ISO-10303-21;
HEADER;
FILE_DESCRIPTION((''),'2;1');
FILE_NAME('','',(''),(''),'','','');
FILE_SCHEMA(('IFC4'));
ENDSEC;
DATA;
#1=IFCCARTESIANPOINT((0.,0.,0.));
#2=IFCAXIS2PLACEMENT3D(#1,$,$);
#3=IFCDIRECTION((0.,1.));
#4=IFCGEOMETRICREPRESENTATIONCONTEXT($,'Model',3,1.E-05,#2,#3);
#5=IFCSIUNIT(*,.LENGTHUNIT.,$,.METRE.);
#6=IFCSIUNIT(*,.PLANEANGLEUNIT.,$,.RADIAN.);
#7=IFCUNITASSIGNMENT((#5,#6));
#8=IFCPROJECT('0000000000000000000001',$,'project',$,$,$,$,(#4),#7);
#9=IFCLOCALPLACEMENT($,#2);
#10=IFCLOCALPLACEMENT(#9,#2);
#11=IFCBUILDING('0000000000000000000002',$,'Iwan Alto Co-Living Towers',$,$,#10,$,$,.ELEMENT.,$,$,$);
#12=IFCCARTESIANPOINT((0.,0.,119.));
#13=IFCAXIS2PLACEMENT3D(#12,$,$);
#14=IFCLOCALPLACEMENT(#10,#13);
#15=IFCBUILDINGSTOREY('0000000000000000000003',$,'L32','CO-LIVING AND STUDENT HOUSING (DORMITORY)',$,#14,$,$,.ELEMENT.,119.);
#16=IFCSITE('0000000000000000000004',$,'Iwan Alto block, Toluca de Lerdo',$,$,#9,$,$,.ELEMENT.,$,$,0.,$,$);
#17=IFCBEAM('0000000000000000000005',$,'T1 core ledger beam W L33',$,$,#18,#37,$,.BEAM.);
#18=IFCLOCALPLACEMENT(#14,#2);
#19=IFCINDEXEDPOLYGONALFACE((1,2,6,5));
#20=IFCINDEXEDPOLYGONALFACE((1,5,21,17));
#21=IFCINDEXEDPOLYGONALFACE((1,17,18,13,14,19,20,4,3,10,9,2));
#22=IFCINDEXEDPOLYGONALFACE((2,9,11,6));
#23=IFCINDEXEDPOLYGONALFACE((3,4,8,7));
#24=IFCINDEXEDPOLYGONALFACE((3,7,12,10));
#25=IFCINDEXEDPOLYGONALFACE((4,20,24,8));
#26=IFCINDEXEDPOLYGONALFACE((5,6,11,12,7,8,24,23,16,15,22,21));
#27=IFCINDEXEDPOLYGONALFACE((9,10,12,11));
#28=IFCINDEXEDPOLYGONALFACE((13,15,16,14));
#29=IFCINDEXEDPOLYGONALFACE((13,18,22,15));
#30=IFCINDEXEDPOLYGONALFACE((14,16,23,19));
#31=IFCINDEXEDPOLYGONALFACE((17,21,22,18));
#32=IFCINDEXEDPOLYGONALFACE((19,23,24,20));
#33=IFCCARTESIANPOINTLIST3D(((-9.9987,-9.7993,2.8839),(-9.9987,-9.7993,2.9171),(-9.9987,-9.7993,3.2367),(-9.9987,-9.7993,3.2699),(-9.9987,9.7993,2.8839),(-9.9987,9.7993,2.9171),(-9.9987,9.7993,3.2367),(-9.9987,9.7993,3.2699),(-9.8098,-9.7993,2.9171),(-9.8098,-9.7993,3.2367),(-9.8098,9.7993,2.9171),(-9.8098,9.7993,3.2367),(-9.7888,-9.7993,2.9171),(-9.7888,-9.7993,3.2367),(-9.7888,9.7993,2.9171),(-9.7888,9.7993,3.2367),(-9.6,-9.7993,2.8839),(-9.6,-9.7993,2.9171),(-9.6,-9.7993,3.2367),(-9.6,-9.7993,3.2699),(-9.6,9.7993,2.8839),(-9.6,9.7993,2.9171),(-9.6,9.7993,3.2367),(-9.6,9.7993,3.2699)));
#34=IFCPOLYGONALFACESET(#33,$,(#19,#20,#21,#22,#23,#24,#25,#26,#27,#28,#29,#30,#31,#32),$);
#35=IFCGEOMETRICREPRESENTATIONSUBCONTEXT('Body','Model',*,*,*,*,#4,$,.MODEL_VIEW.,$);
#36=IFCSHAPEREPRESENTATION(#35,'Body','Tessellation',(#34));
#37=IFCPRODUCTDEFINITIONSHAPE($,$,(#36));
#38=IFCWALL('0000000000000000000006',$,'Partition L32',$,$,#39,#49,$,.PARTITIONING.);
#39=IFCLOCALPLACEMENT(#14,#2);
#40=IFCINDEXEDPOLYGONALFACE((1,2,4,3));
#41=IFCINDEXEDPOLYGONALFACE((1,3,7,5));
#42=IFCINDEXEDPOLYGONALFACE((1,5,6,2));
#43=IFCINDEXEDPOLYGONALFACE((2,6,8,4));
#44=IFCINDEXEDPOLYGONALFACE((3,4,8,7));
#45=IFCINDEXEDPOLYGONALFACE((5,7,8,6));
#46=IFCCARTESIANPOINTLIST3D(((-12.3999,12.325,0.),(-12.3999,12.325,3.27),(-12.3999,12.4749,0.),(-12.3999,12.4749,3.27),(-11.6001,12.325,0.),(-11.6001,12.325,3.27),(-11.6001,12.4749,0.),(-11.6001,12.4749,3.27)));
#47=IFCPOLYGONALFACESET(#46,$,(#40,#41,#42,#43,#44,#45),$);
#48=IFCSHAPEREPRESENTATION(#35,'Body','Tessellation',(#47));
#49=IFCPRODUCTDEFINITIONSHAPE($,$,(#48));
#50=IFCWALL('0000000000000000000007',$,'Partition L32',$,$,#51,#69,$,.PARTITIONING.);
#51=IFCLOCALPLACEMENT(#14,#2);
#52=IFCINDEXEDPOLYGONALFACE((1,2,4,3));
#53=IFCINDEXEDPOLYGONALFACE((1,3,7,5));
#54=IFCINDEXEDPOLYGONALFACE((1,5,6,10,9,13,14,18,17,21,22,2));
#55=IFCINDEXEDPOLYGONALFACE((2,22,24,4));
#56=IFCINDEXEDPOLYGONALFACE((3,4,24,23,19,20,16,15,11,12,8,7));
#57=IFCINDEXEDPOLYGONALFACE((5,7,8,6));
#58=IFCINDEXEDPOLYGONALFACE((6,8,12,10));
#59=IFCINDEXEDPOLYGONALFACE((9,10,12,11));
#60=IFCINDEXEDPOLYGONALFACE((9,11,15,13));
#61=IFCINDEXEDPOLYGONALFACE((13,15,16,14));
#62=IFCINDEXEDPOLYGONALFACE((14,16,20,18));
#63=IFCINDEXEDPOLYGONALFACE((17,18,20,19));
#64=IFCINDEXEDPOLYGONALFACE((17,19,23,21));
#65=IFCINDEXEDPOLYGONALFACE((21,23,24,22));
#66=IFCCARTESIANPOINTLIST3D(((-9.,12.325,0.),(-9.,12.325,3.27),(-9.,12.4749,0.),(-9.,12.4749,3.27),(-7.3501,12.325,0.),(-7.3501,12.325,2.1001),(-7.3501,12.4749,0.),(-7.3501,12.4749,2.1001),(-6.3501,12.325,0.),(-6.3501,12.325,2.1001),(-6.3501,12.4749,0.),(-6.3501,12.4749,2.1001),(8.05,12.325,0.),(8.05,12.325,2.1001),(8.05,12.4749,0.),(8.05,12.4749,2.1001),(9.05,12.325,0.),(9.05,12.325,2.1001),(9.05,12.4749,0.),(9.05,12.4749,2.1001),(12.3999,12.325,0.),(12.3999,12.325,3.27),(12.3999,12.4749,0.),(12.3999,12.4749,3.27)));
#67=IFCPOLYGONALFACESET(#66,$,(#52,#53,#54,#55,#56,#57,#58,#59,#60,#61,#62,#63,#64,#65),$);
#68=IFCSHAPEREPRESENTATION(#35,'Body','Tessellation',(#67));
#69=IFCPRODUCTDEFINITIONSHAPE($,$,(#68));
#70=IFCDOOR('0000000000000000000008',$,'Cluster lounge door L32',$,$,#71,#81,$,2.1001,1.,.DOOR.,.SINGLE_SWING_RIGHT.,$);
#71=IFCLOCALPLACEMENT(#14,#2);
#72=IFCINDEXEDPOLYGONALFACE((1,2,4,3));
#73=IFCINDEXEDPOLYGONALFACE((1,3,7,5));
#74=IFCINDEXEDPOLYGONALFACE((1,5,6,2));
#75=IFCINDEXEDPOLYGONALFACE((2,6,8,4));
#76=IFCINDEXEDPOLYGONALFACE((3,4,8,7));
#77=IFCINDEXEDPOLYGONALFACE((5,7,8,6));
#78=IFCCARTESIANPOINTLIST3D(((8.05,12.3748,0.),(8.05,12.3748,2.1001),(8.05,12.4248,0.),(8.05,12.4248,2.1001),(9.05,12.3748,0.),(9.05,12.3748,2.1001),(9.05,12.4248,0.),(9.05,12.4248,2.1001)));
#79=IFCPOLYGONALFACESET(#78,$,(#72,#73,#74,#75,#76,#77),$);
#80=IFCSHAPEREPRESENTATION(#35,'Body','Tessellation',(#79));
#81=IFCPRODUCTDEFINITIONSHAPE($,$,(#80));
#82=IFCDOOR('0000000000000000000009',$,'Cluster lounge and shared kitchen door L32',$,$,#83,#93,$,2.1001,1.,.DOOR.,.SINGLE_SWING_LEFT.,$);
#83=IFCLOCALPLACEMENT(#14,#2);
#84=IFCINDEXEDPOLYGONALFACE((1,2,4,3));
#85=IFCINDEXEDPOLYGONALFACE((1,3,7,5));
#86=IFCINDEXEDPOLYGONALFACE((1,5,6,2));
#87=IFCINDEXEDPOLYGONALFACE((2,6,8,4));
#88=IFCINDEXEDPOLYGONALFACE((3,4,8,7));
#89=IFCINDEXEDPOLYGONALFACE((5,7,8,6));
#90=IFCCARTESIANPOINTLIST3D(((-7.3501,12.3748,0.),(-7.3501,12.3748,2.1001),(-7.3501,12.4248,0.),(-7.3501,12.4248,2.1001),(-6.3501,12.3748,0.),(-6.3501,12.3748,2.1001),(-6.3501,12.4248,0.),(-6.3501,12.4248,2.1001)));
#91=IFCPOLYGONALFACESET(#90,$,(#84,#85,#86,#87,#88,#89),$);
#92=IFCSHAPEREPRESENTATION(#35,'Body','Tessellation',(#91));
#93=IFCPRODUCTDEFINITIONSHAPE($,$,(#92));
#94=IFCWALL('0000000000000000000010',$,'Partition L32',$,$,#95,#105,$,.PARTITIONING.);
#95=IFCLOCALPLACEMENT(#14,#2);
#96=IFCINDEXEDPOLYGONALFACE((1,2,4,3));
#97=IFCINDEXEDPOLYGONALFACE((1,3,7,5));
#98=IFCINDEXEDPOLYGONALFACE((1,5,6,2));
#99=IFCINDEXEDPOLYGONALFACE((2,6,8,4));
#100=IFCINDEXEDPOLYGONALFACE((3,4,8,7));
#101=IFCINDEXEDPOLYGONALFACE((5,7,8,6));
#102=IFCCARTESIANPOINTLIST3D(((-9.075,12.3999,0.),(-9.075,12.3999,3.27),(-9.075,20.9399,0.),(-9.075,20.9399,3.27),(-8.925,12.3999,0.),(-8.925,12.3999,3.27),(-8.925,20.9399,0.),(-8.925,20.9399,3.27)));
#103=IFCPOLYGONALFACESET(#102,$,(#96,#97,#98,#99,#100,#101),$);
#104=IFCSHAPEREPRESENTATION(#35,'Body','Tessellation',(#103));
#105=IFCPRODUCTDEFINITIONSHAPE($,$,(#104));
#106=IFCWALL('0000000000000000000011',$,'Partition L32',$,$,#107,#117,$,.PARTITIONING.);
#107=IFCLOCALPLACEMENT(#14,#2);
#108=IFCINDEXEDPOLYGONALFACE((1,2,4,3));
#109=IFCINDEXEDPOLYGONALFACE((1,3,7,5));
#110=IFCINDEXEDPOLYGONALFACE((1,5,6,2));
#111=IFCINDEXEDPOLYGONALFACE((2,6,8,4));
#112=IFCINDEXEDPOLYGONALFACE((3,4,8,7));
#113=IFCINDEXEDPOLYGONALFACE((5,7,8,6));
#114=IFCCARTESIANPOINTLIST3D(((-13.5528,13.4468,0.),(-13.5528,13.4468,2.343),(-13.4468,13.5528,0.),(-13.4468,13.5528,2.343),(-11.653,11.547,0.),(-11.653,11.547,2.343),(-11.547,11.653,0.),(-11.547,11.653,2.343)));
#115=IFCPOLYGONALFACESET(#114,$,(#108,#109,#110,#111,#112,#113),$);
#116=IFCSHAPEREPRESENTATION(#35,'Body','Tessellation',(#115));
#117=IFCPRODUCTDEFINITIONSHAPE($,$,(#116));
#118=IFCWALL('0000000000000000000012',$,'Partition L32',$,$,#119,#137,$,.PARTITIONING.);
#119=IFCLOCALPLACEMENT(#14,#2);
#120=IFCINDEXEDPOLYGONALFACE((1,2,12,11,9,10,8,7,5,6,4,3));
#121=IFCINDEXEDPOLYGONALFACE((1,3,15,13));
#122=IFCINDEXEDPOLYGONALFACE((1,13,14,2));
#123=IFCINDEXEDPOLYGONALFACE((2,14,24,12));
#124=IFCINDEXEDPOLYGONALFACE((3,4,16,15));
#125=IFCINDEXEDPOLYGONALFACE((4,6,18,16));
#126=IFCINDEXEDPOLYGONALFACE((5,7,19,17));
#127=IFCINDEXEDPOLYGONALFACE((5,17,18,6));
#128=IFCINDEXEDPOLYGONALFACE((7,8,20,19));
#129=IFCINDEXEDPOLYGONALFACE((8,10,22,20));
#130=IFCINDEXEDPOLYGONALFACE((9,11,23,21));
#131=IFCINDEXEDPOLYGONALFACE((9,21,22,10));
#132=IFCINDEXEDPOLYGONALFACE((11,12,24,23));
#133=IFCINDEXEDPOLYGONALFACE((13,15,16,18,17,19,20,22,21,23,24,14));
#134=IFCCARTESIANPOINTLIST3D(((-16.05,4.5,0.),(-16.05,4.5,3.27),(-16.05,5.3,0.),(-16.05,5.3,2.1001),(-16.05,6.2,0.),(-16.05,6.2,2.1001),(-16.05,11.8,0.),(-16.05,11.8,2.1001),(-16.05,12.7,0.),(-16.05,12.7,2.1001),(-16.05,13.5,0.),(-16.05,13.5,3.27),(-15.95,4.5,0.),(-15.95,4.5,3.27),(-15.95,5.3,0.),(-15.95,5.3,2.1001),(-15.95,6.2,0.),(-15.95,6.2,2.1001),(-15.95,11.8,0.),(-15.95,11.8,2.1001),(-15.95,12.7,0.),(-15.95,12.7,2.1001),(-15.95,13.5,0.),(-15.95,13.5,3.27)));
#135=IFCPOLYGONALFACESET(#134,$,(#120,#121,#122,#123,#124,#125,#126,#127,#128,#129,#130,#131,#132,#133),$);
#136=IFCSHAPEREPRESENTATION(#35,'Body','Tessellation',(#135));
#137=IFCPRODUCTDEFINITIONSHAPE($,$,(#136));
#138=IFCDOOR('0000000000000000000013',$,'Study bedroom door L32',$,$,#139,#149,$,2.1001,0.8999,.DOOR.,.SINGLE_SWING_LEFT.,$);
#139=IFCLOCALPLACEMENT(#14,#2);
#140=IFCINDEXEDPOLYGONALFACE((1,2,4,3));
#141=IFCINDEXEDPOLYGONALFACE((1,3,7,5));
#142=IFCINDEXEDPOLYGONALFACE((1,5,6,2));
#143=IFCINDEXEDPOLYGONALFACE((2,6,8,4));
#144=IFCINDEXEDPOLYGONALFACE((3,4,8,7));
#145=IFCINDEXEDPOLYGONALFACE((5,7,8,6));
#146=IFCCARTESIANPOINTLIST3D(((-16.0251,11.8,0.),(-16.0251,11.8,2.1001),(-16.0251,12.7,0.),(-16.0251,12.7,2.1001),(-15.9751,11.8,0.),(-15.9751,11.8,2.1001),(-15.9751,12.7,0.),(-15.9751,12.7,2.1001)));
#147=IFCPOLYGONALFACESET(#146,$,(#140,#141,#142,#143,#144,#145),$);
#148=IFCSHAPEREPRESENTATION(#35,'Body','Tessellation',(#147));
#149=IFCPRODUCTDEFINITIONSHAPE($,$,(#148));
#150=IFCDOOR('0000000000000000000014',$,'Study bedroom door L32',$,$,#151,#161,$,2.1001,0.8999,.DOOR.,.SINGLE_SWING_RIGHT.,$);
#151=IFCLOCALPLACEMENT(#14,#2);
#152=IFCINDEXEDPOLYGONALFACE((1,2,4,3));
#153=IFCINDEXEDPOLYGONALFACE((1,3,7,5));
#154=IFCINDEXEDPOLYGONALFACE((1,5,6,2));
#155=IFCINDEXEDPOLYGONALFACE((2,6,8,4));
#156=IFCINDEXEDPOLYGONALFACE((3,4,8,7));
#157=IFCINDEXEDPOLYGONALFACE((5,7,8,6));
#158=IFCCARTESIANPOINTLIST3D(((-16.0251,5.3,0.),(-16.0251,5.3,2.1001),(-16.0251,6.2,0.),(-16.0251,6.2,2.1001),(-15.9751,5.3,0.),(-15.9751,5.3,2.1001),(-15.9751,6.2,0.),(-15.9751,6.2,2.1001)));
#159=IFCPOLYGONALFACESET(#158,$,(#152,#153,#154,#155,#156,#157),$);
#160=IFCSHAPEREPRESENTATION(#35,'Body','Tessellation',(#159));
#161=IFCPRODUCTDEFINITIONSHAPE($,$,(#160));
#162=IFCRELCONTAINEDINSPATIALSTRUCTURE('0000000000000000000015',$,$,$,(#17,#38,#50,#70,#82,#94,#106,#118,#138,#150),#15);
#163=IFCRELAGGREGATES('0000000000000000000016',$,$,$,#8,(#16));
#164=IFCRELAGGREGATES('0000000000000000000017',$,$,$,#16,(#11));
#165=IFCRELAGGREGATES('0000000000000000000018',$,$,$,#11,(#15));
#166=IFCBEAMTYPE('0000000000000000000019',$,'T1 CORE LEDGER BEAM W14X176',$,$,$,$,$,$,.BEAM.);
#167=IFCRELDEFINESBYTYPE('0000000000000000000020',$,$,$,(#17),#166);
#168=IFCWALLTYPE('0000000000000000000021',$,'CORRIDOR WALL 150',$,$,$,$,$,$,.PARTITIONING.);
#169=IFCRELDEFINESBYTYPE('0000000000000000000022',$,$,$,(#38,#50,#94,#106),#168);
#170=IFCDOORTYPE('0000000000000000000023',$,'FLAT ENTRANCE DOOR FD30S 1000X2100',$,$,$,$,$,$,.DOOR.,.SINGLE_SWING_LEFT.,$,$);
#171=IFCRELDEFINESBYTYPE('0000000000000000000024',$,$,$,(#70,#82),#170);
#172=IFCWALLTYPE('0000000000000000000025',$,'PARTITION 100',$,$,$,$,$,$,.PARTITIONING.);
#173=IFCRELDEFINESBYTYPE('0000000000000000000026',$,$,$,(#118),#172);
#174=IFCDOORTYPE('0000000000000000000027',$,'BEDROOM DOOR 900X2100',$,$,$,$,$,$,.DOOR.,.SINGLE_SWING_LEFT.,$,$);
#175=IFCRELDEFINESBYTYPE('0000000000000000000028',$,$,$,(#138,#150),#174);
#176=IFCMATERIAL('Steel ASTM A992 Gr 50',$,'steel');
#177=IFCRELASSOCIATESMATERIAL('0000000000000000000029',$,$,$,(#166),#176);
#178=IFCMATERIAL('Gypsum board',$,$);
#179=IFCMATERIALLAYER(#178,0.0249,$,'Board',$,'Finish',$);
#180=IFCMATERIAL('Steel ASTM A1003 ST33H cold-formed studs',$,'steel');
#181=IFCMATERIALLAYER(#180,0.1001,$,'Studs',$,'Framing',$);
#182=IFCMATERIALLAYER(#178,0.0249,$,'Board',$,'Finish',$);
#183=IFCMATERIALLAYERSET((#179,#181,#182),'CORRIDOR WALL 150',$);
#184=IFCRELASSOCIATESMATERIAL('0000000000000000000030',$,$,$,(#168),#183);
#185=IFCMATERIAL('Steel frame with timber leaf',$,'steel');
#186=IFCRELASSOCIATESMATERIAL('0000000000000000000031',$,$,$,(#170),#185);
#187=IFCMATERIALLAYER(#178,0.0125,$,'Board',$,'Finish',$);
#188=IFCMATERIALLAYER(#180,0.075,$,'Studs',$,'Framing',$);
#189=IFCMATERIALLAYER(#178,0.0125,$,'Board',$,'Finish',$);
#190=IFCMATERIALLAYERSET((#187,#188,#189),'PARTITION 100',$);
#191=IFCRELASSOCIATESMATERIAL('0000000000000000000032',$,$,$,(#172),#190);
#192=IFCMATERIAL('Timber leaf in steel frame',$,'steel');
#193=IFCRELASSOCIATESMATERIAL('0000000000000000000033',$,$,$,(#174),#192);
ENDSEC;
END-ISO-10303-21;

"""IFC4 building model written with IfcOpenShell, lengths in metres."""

from ifc_helpers import new_model, si_unit, direction, frame, frame_2d, origin, origin_2d, place, context, subcontext, project, spatial, rectangle, i_section, extrude, material, layer, layer_set, material_profile, profile_set, type_object, element, fill, save


model = new_model("IFC4")

# Units and contexts
model_context = context("Model", 3, precision=1e-05, world=origin(), true_north=direction((0.0, 1.0)))
body_context = subcontext(model_context, "Body", "Model", "MODEL_VIEW")
ifc_project = project(units=[si_unit("LENGTHUNIT", "METRE"), si_unit("PLANEANGLEUNIT", "RADIAN")], contexts=[model_context])

# Site, building, storey
site_placement = place(None, origin())
site = spatial("IfcSite", under=ifc_project, at=site_placement, Name="Iwan Alto block, Toluca de Lerdo", CompositionType="ELEMENT", RefElevation=0.0)
building_placement = place(site_placement, origin())
building = spatial("IfcBuilding", under=site, at=building_placement, Name="Iwan Alto Co-Living Towers", CompositionType="ELEMENT")
storey_placement = place(building_placement, frame((0.0, 0.0, 119.0)))
storey = spatial("IfcBuildingStorey", under=building, at=storey_placement, Name="L32", Description="CO-LIVING AND STUDENT HOUSING (DORMITORY)", CompositionType="ELEMENT", Elevation=119.0)

# Beam
ifc_material_1 = material(Name="Steel ASTM A992 Gr 50", Category="steel")
ifc_material_profile = material_profile(ifc_material_1, i_section(OverallWidth=0.3987, OverallDepth=0.386, WebThickness=0.021, FlangeThickness=0.0332, at=origin_2d()), Name="W14X176")
ifc_profile_set = profile_set([ifc_material_profile], Name="Steel ASTM A992 Gr 50")
beam_type = type_object("IfcBeamType", Name="T1 CORE LEDGER BEAM W14X176", PredefinedType="BEAM", material=ifc_profile_set)
beam_placement = place(storey_placement, frame((-9.7993, 9.7993, 3.0769), z_axis=(0.0, -1.0, 0.0), x_axis=(1.0, 0.0, 0.0)))
element("IfcBeam", 1, at=beam_placement, inside=storey, type_object=beam_type, Name="T1 core ledger beam W L33", PredefinedType="BEAM", context=body_context, shape_type="SweptSolid", body=[
    extrude(i_section(OverallWidth=0.3987, OverallDepth=0.386, WebThickness=0.021, FlangeThickness=0.0332, at=origin_2d()), origin(), (0.0, 0.0, 1.0), 19.5986),
])

# Wall
ifc_material_2 = material(Name="Gypsum board")
ifc_layer_1 = layer(ifc_material_2, 0.0249, Name="Board", Category="Finish")
ifc_material_3 = material(Name="Steel ASTM A1003 ST33H cold-formed studs", Category="steel")
ifc_layer_2 = layer(ifc_material_3, 0.1001, Name="Studs", Category="Framing")
ifc_layer_3 = layer(ifc_material_2, 0.0249, Name="Board", Category="Finish")
ifc_layer_set_1 = layer_set([ifc_layer_1, ifc_layer_2, ifc_layer_3], Name="CORRIDOR WALL 150")
wall_type_1 = type_object("IfcWallType", Name="CORRIDOR WALL 150", PredefinedType="PARTITIONING", material=ifc_layer_set_1)
wall_1_placement = place(storey_placement, frame((-12.3999, 12.3999, 0.0), z_axis=(0.0, 0.0, 1.0), x_axis=(1.0, 0.0, 0.0)))
element("IfcWall", 2, at=wall_1_placement, inside=storey, type_object=wall_type_1, Name="Partition L32", PredefinedType="PARTITIONING", context=body_context, shape_type="SweptSolid", body=[
    extrude(rectangle(XDim=0.7998, YDim=0.1499, at=frame_2d((0.3999, 0.0))), origin(), (0.0, 0.0, 1.0), 3.27),
])

# Wall, openings, doors
wall_2_placement = place(storey_placement, frame((-9.0, 12.3999, 0.0), z_axis=(0.0, 0.0, 1.0), x_axis=(1.0, 0.0, 0.0)))
wall_2 = element("IfcWall", 3, at=wall_2_placement, inside=storey, type_object=wall_type_1, Name="Partition L32", PredefinedType="PARTITIONING", context=body_context, shape_type="SweptSolid", body=[
    extrude(rectangle(XDim=21.3999, YDim=0.1499, at=frame_2d((10.7, 0.0))), origin(), (0.0, 0.0, 1.0), 3.27),
])
opening_1_placement = place(wall_2_placement, frame((17.05, 0.0, 0.0)))
opening_1 = element("IfcOpeningElement", 4, at=opening_1_placement, cuts=wall_2, PredefinedType="OPENING", context=body_context, shape_type="SweptSolid", body=[
    extrude(rectangle(XDim=1.0, YDim=2.1001, at=frame_2d((0.5, 1.05))), frame((0.0, 0.085, 0.0), z_axis=(0.0, -1.0, 0.0), x_axis=(1.0, 0.0, 0.0)), (0.0, 0.0, 1.0), 0.1699),
])
opening_2_placement = place(wall_2_placement, frame((1.6499, 0.0, 0.0)))
opening_2 = element("IfcOpeningElement", 5, at=opening_2_placement, cuts=wall_2, PredefinedType="OPENING", context=body_context, shape_type="SweptSolid", body=[
    extrude(rectangle(XDim=1.0, YDim=2.1001, at=frame_2d((0.5, 1.05))), frame((0.0, 0.085, 0.0), z_axis=(0.0, -1.0, 0.0), x_axis=(1.0, 0.0, 0.0)), (0.0, 0.0, 1.0), 0.1699),
])
ifc_material_4 = material(Name="Steel frame with timber leaf", Category="steel")
door_type_1 = type_object("IfcDoorType", Name="FLAT ENTRANCE DOOR FD30S 1000X2100", OperationType="SINGLE_SWING_LEFT", PredefinedType="DOOR", material=ifc_material_4)
door_1_placement = place(opening_1_placement, origin())
door_1 = element("IfcDoor", 6, at=door_1_placement, inside=storey, type_object=door_type_1, Name="Cluster lounge door L32", OperationType="SINGLE_SWING_RIGHT", OverallHeight=2.1001, OverallWidth=1.0, PredefinedType="DOOR", context=body_context, shape_type="SweptSolid", body=[
    extrude(rectangle(XDim=1.0, YDim=2.1001, at=frame_2d((0.5, 1.05))), frame((0.0, 0.0249, 0.0), z_axis=(0.0, -1.0, 0.0), x_axis=(1.0, 0.0, 0.0)), (0.0, 0.0, 1.0), 0.05),
])
fill(opening_1, door_1)
door_2_placement = place(opening_2_placement, origin())
door_2 = element("IfcDoor", 7, at=door_2_placement, inside=storey, type_object=door_type_1, Name="Cluster lounge and shared kitchen door L32", OperationType="SINGLE_SWING_LEFT", OverallHeight=2.1001, OverallWidth=1.0, PredefinedType="DOOR", context=body_context, shape_type="SweptSolid", body=[
    extrude(rectangle(XDim=1.0, YDim=2.1001, at=frame_2d((0.5, 1.05))), frame((0.0, 0.0249, 0.0), z_axis=(0.0, -1.0, 0.0), x_axis=(1.0, 0.0, 0.0)), (0.0, 0.0, 1.0), 0.05),
])
fill(opening_2, door_2)

# Walls
wall_3_placement = place(storey_placement, frame((-9.0, 12.3999, 0.0), z_axis=(0.0, 0.0, 1.0), x_axis=(0.0, 1.0, 0.0)))
element("IfcWall", 8, at=wall_3_placement, inside=storey, type_object=wall_type_1, Name="Partition L32", PredefinedType="PARTITIONING", context=body_context, shape_type="SweptSolid", body=[
    extrude(rectangle(XDim=8.54, YDim=0.1499, at=frame_2d((4.27, 0.0))), origin(), (0.0, 0.0, 1.0), 3.27),
])
wall_4_placement = place(storey_placement, frame((-11.6001, 11.6001, 0.0), z_axis=(0.0, 0.0, 1.0), x_axis=(-0.707107, 0.707107, 0.0)))
element("IfcWall", 9, at=wall_4_placement, inside=storey, type_object=wall_type_1, Name="Partition L32", PredefinedType="PARTITIONING", context=body_context, shape_type="SweptSolid", body=[
    extrude(rectangle(XDim=2.6868, YDim=0.1499, at=frame_2d((1.3433, 0.0))), origin(), (0.0, 0.0, 1.0), 2.343),
])

# Wall, openings, doors
ifc_layer_4 = layer(ifc_material_2, 0.0125, Name="Board", Category="Finish")
ifc_layer_5 = layer(ifc_material_3, 0.075, Name="Studs", Category="Framing")
ifc_layer_6 = layer(ifc_material_2, 0.0125, Name="Board", Category="Finish")
ifc_layer_set_2 = layer_set([ifc_layer_4, ifc_layer_5, ifc_layer_6], Name="PARTITION 100")
wall_type_2 = type_object("IfcWallType", Name="PARTITION 100", PredefinedType="PARTITIONING", material=ifc_layer_set_2)
wall_5_placement = place(storey_placement, frame((-16.0, 4.5, 0.0), z_axis=(0.0, 0.0, 1.0), x_axis=(0.0, 1.0, 0.0)))
wall_5 = element("IfcWall", 10, at=wall_5_placement, inside=storey, type_object=wall_type_2, Name="Partition L32", PredefinedType="PARTITIONING", context=body_context, shape_type="SweptSolid", body=[
    extrude(rectangle(XDim=9.0, YDim=0.1001, at=frame_2d((4.5, 0.0))), origin(), (0.0, 0.0, 1.0), 3.27),
])
opening_3_placement = place(wall_5_placement, frame((7.3, 0.0, 0.0)))
opening_3 = element("IfcOpeningElement", 11, at=opening_3_placement, cuts=wall_5, PredefinedType="OPENING", context=body_context, shape_type="SweptSolid", body=[
    extrude(rectangle(XDim=0.8999, YDim=2.1001, at=frame_2d((0.45, 1.05))), frame((0.0, 0.0601, 0.0), z_axis=(0.0, -1.0, 0.0), x_axis=(1.0, 0.0, 0.0)), (0.0, 0.0, 1.0), 0.1201),
])
opening_4_placement = place(wall_5_placement, frame((0.8, 0.0, 0.0)))
opening_4 = element("IfcOpeningElement", 12, at=opening_4_placement, cuts=wall_5, PredefinedType="OPENING", context=body_context, shape_type="SweptSolid", body=[
    extrude(rectangle(XDim=0.8999, YDim=2.1001, at=frame_2d((0.45, 1.05))), frame((0.0, 0.0601, 0.0), z_axis=(0.0, -1.0, 0.0), x_axis=(1.0, 0.0, 0.0)), (0.0, 0.0, 1.0), 0.1201),
])
ifc_material_5 = material(Name="Timber leaf in steel frame", Category="steel")
door_type_2 = type_object("IfcDoorType", Name="BEDROOM DOOR 900X2100", OperationType="SINGLE_SWING_LEFT", PredefinedType="DOOR", material=ifc_material_5)
door_3_placement = place(opening_3_placement, frame((0.8999, 0.0, 0.0), z_axis=(0.0, 0.0, 1.0), x_axis=(-1.0, 0.0, 0.0)))
door_3 = element("IfcDoor", 13, at=door_3_placement, inside=storey, type_object=door_type_2, Name="Study bedroom door L32", OperationType="SINGLE_SWING_LEFT", OverallHeight=2.1001, OverallWidth=0.8999, PredefinedType="DOOR", context=body_context, shape_type="SweptSolid", body=[
    extrude(rectangle(XDim=0.8999, YDim=2.1001, at=frame_2d((0.45, 1.05))), frame((0.0, 0.0249, 0.0), z_axis=(0.0, -1.0, 0.0), x_axis=(1.0, 0.0, 0.0)), (0.0, 0.0, 1.0), 0.05),
])
fill(opening_3, door_3)
door_4_placement = place(opening_4_placement, frame((0.8999, 0.0, 0.0), z_axis=(0.0, 0.0, 1.0), x_axis=(-1.0, 0.0, 0.0)))
door_4 = element("IfcDoor", 14, at=door_4_placement, inside=storey, type_object=door_type_2, Name="Study bedroom door L32", OperationType="SINGLE_SWING_RIGHT", OverallHeight=2.1001, OverallWidth=0.8999, PredefinedType="DOOR", context=body_context, shape_type="SweptSolid", body=[
    extrude(rectangle(XDim=0.8999, YDim=2.1001, at=frame_2d((0.45, 1.05))), frame((0.0, 0.0249, 0.0), z_axis=(0.0, -1.0, 0.0), x_axis=(1.0, 0.0, 0.0)), (0.0, 0.0, 1.0), 0.05),
])
fill(opening_4, door_4)

save(model, "model.ifc")
